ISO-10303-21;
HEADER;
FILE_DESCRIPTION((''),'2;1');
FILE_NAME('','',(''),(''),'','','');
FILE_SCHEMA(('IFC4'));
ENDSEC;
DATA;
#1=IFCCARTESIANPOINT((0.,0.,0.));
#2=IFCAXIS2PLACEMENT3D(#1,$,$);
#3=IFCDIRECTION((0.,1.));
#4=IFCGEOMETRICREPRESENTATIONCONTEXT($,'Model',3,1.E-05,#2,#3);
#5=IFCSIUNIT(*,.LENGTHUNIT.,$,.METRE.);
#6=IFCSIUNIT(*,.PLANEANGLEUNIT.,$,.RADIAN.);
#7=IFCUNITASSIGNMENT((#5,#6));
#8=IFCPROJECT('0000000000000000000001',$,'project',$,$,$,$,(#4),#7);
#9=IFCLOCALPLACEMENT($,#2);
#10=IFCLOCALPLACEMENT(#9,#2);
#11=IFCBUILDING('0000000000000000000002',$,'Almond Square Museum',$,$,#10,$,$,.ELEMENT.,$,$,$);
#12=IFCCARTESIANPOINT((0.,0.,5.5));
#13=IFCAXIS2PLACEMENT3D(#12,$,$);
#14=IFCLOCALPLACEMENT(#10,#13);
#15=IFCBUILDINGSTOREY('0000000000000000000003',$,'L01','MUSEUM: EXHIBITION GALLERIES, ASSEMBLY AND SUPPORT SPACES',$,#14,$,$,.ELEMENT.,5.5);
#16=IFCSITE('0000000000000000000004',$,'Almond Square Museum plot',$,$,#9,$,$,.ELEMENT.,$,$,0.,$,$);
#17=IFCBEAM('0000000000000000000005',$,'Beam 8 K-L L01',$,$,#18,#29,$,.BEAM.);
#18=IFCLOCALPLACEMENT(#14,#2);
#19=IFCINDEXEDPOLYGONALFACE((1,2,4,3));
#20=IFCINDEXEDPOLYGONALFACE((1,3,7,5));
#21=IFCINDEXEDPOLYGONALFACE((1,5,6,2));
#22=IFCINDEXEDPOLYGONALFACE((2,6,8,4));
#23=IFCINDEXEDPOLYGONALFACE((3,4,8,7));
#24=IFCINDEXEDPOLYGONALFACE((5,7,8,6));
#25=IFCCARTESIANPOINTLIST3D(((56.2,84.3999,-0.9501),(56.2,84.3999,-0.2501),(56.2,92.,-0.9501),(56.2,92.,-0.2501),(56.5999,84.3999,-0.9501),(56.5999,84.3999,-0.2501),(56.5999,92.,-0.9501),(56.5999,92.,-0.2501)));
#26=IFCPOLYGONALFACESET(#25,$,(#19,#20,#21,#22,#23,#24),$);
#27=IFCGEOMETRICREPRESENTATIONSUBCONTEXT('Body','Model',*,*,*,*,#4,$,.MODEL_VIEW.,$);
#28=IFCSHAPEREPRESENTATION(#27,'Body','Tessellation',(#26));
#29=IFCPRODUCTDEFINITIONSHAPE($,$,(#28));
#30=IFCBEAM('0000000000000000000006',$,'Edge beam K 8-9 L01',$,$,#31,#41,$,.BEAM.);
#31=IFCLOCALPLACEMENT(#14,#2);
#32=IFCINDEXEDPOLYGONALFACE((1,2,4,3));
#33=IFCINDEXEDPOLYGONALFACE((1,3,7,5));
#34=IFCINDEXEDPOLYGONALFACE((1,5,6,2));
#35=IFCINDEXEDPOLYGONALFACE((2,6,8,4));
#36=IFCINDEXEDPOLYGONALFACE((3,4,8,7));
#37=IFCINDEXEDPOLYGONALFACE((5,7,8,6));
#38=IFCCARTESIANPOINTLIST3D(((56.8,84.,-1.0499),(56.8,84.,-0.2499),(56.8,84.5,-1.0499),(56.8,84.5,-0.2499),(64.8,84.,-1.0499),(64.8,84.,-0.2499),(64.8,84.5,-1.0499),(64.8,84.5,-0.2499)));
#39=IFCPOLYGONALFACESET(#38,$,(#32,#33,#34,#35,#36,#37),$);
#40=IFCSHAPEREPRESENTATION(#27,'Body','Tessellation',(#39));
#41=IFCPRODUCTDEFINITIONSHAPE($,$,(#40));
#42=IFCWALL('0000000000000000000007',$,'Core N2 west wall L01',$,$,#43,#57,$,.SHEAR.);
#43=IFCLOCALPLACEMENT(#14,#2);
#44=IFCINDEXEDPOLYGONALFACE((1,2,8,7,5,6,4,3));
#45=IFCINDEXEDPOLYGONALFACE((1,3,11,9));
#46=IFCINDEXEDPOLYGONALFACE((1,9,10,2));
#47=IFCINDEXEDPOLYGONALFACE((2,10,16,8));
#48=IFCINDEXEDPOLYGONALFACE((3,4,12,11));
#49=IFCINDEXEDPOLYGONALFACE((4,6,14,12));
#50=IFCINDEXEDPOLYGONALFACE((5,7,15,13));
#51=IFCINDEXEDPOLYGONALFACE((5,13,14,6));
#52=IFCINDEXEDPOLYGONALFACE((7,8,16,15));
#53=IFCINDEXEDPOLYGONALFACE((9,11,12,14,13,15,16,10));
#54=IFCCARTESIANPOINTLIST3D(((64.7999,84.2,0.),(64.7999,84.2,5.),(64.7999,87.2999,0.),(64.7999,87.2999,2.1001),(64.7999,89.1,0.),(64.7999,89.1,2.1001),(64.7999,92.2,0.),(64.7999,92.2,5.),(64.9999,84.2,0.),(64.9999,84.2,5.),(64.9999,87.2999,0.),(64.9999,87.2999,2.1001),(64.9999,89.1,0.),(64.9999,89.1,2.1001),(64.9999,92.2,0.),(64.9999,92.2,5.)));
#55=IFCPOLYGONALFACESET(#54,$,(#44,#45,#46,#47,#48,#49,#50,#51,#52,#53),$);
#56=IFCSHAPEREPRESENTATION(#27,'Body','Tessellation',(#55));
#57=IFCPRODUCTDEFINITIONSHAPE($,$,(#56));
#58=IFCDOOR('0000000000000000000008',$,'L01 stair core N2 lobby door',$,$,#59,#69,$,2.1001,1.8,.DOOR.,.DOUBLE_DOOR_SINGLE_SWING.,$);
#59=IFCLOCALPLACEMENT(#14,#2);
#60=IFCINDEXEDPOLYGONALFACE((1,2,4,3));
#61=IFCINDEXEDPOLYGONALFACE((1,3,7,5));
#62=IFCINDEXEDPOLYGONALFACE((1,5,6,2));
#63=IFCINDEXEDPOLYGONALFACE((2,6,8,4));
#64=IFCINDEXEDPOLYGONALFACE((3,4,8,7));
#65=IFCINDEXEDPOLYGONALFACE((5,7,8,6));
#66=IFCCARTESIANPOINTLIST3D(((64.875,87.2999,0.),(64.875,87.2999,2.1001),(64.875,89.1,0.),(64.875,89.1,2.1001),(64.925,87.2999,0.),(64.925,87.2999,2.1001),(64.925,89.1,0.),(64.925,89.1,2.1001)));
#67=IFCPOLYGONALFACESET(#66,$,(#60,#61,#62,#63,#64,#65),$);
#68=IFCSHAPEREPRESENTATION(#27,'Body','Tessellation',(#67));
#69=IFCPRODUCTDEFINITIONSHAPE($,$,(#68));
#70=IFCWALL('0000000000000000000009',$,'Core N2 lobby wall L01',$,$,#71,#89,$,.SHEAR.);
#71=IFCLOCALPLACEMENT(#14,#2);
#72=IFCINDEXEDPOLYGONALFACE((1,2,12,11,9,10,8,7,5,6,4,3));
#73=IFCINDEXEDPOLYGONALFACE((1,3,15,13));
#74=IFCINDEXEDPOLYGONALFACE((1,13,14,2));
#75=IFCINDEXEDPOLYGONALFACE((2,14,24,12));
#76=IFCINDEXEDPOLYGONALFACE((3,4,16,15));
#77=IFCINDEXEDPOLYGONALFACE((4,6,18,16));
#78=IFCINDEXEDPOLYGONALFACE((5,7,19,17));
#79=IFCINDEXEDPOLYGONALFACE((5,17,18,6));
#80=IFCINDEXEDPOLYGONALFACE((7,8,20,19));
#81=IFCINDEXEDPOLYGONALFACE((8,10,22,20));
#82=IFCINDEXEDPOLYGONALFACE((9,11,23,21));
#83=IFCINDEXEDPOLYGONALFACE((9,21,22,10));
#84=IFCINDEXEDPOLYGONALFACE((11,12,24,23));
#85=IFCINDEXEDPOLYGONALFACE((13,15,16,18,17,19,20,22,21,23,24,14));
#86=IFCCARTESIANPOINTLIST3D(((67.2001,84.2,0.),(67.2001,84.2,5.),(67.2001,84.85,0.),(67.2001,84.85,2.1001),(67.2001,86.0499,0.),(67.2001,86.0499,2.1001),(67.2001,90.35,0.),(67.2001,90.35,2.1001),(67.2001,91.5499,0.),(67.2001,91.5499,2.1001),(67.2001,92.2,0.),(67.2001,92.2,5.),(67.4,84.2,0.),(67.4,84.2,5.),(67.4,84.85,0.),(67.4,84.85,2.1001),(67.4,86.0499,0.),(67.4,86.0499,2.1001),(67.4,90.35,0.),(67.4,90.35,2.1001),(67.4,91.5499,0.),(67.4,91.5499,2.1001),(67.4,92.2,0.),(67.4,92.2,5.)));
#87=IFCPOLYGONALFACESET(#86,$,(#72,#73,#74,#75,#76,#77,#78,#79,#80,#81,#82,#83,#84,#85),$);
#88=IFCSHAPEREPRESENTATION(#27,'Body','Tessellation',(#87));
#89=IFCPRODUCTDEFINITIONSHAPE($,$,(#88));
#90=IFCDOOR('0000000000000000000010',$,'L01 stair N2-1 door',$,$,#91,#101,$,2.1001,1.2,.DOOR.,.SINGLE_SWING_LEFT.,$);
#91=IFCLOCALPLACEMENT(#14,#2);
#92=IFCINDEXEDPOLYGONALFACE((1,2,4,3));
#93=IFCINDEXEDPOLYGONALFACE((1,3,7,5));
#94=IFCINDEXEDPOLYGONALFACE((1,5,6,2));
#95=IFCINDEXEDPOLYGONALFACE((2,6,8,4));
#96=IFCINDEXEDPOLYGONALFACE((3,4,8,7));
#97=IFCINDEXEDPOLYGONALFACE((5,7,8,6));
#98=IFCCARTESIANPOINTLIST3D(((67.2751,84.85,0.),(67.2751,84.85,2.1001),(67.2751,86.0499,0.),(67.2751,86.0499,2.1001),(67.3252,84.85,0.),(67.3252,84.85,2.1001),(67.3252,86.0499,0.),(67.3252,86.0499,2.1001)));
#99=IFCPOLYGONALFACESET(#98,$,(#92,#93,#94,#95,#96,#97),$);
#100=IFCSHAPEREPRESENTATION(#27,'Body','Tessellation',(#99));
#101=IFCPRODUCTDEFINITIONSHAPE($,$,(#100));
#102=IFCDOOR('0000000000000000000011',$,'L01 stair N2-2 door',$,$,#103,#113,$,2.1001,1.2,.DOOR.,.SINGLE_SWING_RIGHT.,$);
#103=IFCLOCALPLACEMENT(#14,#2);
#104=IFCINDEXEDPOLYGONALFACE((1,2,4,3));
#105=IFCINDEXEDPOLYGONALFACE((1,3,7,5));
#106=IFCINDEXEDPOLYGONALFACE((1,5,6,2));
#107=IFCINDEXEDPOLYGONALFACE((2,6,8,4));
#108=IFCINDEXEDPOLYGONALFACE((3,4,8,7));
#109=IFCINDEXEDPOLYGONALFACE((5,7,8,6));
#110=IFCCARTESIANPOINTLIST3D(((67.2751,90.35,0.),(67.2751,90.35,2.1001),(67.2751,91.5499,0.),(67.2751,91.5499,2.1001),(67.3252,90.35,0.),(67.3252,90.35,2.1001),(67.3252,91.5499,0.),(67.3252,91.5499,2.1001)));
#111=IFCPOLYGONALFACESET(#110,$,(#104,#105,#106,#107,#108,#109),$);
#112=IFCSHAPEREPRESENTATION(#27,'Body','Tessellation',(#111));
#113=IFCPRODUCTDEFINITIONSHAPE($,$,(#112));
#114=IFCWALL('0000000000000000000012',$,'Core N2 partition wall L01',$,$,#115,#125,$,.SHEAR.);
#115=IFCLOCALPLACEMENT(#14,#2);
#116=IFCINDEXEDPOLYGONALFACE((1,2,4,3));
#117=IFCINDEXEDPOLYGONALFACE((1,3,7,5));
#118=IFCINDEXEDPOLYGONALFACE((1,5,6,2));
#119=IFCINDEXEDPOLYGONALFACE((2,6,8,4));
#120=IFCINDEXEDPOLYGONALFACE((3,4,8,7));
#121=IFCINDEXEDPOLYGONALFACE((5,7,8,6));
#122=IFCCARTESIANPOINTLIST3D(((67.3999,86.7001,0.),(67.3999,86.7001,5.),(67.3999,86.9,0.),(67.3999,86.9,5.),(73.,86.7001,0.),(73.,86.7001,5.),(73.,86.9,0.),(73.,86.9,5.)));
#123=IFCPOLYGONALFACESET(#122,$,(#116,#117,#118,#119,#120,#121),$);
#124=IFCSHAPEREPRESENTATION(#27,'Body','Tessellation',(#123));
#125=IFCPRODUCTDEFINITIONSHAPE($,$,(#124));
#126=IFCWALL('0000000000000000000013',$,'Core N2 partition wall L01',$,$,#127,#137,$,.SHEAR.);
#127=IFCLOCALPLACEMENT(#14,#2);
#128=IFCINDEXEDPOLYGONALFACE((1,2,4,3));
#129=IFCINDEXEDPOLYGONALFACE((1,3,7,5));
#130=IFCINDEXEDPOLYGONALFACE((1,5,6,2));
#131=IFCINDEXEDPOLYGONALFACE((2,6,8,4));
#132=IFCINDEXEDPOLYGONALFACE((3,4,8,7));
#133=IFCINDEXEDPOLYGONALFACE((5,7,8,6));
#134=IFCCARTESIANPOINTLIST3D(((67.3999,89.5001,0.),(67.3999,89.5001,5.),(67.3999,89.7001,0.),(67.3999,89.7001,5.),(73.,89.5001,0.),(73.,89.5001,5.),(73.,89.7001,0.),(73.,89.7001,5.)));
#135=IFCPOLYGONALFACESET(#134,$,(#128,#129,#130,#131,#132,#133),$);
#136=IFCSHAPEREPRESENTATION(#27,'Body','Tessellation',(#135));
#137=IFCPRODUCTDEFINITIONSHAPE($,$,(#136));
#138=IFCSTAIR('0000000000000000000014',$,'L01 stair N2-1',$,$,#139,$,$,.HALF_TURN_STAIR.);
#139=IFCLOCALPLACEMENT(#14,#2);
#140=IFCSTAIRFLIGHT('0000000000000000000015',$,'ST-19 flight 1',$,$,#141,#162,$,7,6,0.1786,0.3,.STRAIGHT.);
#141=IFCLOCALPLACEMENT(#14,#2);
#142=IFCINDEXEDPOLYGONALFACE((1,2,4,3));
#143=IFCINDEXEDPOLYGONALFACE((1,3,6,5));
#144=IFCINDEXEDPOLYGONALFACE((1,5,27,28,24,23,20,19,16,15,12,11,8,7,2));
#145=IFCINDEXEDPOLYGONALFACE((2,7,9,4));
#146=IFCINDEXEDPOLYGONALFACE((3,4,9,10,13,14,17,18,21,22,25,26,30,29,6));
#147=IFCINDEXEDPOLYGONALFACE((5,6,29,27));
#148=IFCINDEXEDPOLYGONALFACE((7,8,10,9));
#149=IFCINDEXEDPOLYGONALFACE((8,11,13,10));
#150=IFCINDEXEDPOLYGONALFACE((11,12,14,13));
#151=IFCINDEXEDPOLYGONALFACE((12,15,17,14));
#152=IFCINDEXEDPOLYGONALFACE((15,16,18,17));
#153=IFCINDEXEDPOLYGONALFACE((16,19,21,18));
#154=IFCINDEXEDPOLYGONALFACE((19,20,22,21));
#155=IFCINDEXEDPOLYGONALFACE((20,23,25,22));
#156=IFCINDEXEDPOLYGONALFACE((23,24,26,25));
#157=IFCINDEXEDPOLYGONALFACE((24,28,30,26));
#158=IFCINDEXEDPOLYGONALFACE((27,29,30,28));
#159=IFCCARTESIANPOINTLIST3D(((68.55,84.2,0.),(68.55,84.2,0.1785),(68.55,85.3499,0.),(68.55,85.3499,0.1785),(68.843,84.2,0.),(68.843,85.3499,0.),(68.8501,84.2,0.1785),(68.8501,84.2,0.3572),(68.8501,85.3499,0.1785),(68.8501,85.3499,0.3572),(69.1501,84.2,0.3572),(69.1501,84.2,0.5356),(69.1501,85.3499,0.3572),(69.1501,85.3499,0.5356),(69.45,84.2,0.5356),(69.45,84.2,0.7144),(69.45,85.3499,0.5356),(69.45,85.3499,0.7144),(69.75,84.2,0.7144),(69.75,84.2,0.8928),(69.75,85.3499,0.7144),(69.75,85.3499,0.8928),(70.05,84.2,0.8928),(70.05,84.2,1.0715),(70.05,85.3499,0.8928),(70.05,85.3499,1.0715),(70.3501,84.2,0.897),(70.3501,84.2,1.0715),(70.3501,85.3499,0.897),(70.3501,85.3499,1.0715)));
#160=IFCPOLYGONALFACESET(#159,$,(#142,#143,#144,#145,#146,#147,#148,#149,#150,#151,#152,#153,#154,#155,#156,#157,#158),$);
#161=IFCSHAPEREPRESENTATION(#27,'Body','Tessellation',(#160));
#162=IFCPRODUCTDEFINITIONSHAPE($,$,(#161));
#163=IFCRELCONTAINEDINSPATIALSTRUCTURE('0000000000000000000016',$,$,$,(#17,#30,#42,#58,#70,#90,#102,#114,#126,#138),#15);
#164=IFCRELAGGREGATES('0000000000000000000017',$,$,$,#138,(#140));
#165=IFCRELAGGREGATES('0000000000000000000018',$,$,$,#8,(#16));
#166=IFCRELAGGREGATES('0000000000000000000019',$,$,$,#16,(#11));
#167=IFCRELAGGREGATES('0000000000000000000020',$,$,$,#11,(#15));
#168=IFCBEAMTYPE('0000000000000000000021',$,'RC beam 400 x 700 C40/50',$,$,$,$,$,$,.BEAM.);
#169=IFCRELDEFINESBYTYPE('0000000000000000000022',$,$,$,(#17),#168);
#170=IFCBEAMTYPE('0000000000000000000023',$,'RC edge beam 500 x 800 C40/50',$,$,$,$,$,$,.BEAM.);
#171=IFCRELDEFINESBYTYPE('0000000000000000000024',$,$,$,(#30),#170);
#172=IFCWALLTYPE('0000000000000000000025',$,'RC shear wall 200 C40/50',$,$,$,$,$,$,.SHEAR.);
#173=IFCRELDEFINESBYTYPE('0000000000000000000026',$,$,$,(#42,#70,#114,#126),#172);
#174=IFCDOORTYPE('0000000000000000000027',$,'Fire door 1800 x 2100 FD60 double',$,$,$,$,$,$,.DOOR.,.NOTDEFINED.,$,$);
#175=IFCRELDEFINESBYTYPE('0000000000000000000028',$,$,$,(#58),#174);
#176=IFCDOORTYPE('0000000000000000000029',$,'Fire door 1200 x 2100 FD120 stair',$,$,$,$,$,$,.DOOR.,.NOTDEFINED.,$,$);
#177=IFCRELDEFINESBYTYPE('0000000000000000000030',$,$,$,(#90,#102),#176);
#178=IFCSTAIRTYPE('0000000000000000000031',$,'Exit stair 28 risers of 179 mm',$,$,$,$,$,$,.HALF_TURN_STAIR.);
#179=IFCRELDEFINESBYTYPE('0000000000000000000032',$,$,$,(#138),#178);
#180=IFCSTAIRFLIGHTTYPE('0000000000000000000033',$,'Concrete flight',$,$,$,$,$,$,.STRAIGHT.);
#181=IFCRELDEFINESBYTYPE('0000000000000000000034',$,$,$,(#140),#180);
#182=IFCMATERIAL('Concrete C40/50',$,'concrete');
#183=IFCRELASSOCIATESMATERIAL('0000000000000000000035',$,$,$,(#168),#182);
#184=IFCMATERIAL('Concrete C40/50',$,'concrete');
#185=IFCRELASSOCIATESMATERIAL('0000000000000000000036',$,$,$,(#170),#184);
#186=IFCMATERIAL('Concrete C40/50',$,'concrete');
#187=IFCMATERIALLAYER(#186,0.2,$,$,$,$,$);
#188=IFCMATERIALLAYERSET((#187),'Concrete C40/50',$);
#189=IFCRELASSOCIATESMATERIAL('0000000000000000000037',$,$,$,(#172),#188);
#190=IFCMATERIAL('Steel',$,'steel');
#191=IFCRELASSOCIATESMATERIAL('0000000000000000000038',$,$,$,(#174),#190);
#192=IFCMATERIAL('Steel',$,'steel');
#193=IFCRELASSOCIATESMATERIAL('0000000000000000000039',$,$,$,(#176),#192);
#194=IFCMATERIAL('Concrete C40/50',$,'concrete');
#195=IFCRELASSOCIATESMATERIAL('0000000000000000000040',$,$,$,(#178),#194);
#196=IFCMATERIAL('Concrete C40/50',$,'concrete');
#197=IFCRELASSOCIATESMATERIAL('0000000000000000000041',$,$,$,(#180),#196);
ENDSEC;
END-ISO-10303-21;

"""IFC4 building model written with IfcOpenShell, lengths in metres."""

from ifc_helpers import new_model, si_unit, direction, frame, frame_2d, origin, origin_2d, place, context, subcontext, project, spatial, polyline, rectangle, outline, extrude, material, layer, layer_set, material_profile, profile_set, type_object, element, fill, aggregate, save


model = new_model("IFC4")

# Units and contexts
model_context = context("Model", 3, precision=1e-05, world=origin(), true_north=direction((0.0, 1.0)))
body_context = subcontext(model_context, "Body", "Model", "MODEL_VIEW")
ifc_project = project(units=[si_unit("LENGTHUNIT", "METRE"), si_unit("PLANEANGLEUNIT", "RADIAN")], contexts=[model_context])

# Site, building, storey
site_placement = place(None, origin())
site = spatial("IfcSite", under=ifc_project, at=site_placement, Name="Almond Square Museum plot", CompositionType="ELEMENT", RefElevation=0.0)
building_placement = place(site_placement, origin())
building = spatial("IfcBuilding", under=site, at=building_placement, Name="Almond Square Museum", CompositionType="ELEMENT")
storey_placement = place(building_placement, frame((0.0, 0.0, 5.5)))
storey = spatial("IfcBuildingStorey", under=building, at=storey_placement, Name="L01", Description="MUSEUM: EXHIBITION GALLERIES, ASSEMBLY AND SUPPORT SPACES", CompositionType="ELEMENT", Elevation=5.5)

# Beams
ifc_material_1 = material(Name="Concrete C40/50", Category="concrete")
ifc_material_profile_1 = material_profile(ifc_material_1, rectangle(XDim=0.3999, YDim=0.7, at=origin_2d()))
ifc_profile_set_1 = profile_set([ifc_material_profile_1], Name="Concrete C40/50")
beam_type_1 = type_object("IfcBeamType", Name="RC beam 400 x 700 C40/50", PredefinedType="BEAM", material=ifc_profile_set_1)
beam_1_placement = place(storey_placement, frame((56.3999, 84.3999, -0.6001), z_axis=(0.0, 1.0, 0.0), x_axis=(-1.0, 0.0, 0.0)))
element("IfcBeam", 1, at=beam_1_placement, inside=storey, type_object=beam_type_1, Name="Beam 8 K-L L01", PredefinedType="BEAM", context=body_context, shape_type="SweptSolid", body=[
    extrude(rectangle(XDim=0.3999, YDim=0.7, at=origin_2d()), origin(), (0.0, 0.0, 1.0), 7.6001),
])
ifc_material_2 = material(Name="Concrete C40/50", Category="concrete")
ifc_material_profile_2 = material_profile(ifc_material_2, rectangle(XDim=0.5, YDim=0.8, at=origin_2d()))
ifc_profile_set_2 = profile_set([ifc_material_profile_2], Name="Concrete C40/50")
beam_type_2 = type_object("IfcBeamType", Name="RC edge beam 500 x 800 C40/50", PredefinedType="BEAM", material=ifc_profile_set_2)
beam_2_placement = place(storey_placement, frame((56.8, 84.25, -0.6499), z_axis=(1.0, 0.0, 0.0), x_axis=(0.0, 1.0, 0.0)))
element("IfcBeam", 2, at=beam_2_placement, inside=storey, type_object=beam_type_2, Name="Edge beam K 8-9 L01", PredefinedType="BEAM", context=body_context, shape_type="SweptSolid", body=[
    extrude(rectangle(XDim=0.5, YDim=0.8, at=origin_2d()), origin(), (0.0, 0.0, 1.0), 8.0),
])

# Wall, opening, door
ifc_material_3 = material(Name="Concrete C40/50", Category="concrete")
ifc_layer = layer(ifc_material_3, 0.2)
ifc_layer_set = layer_set([ifc_layer], Name="Concrete C40/50")
wall_type = type_object("IfcWallType", Name="RC shear wall 200 C40/50", PredefinedType="SHEAR", material=ifc_layer_set)
wall_1_placement = place(storey_placement, frame((64.8999, 84.2, 0.0), z_axis=(0.0, 0.0, 1.0), x_axis=(0.0, 1.0, 0.0)))
wall_1 = element("IfcWall", 3, at=wall_1_placement, inside=storey, type_object=wall_type, Name="Core N2 west wall L01", PredefinedType="SHEAR", context=body_context, shape_type="SweptSolid", body=[
    extrude(rectangle(XDim=8.0, YDim=0.2, at=frame_2d((4.0, 0.0))), origin(), (0.0, 0.0, 1.0), 5.0),
])
opening_1_placement = place(wall_1_placement, frame((3.1001, 0.0, 0.0)))
opening_1 = element("IfcOpeningElement", 4, at=opening_1_placement, cuts=wall_1, PredefinedType="OPENING", context=body_context, shape_type="SweptSolid", body=[
    extrude(rectangle(XDim=1.8, YDim=2.1001, at=frame_2d((0.8999, 1.05))), frame((0.0, 0.1099, 0.0), z_axis=(0.0, -1.0, 0.0), x_axis=(1.0, 0.0, 0.0)), (0.0, 0.0, 1.0), 0.22),
])
ifc_material_4 = material(Name="Steel", Category="steel")
door_type_1 = type_object("IfcDoorType", Name="Fire door 1800 x 2100 FD60 double", OperationType="NOTDEFINED", PredefinedType="DOOR", material=ifc_material_4)
door_1_placement = place(opening_1_placement, origin())
door_1 = element("IfcDoor", 5, at=door_1_placement, inside=storey, type_object=door_type_1, Name="L01 stair core N2 lobby door", OperationType="DOUBLE_DOOR_SINGLE_SWING", OverallHeight=2.1001, OverallWidth=1.8, PredefinedType="DOOR", context=body_context, shape_type="SweptSolid", body=[
    extrude(rectangle(XDim=1.8, YDim=2.1001, at=frame_2d((0.8999, 1.05))), frame((0.0, 0.0249, 0.0), z_axis=(0.0, -1.0, 0.0), x_axis=(1.0, 0.0, 0.0)), (0.0, 0.0, 1.0), 0.05),
])
fill(opening_1, door_1)

# Wall, openings, doors
wall_2_placement = place(storey_placement, frame((67.3, 84.2, 0.0), z_axis=(0.0, 0.0, 1.0), x_axis=(0.0, 1.0, 0.0)))
wall_2 = element("IfcWall", 6, at=wall_2_placement, inside=storey, type_object=wall_type, Name="Core N2 lobby wall L01", PredefinedType="SHEAR", context=body_context, shape_type="SweptSolid", body=[
    extrude(rectangle(XDim=8.0, YDim=0.2, at=frame_2d((4.0, 0.0))), origin(), (0.0, 0.0, 1.0), 5.0),
])
opening_2_placement = place(wall_2_placement, frame((0.6499, 0.0, 0.0)))
opening_2 = element("IfcOpeningElement", 7, at=opening_2_placement, cuts=wall_2, PredefinedType="OPENING", context=body_context, shape_type="SweptSolid", body=[
    extrude(rectangle(XDim=1.2, YDim=2.1001, at=frame_2d((0.6001, 1.05))), frame((0.0, 0.1099, 0.0), z_axis=(0.0, -1.0, 0.0), x_axis=(1.0, 0.0, 0.0)), (0.0, 0.0, 1.0), 0.22),
])
opening_3_placement = place(wall_2_placement, frame((6.1499, 0.0, 0.0)))
opening_3 = element("IfcOpeningElement", 8, at=opening_3_placement, cuts=wall_2, PredefinedType="OPENING", context=body_context, shape_type="SweptSolid", body=[
    extrude(rectangle(XDim=1.2, YDim=2.1001, at=frame_2d((0.6001, 1.05))), frame((0.0, 0.1099, 0.0), z_axis=(0.0, -1.0, 0.0), x_axis=(1.0, 0.0, 0.0)), (0.0, 0.0, 1.0), 0.22),
])
ifc_material_5 = material(Name="Steel", Category="steel")
door_type_2 = type_object("IfcDoorType", Name="Fire door 1200 x 2100 FD120 stair", OperationType="NOTDEFINED", PredefinedType="DOOR", material=ifc_material_5)
door_2_placement = place(opening_2_placement, origin())
door_2 = element("IfcDoor", 9, at=door_2_placement, inside=storey, type_object=door_type_2, Name="L01 stair N2-1 door", OperationType="SINGLE_SWING_LEFT", OverallHeight=2.1001, OverallWidth=1.2, PredefinedType="DOOR", context=body_context, shape_type="SweptSolid", body=[
    extrude(rectangle(XDim=1.2, YDim=2.1001, at=frame_2d((0.6001, 1.05))), frame((0.0, 0.0249, 0.0), z_axis=(0.0, -1.0, 0.0), x_axis=(1.0, 0.0, 0.0)), (0.0, 0.0, 1.0), 0.05),
])
fill(opening_2, door_2)
door_3_placement = place(opening_3_placement, origin())
door_3 = element("IfcDoor", 10, at=door_3_placement, inside=storey, type_object=door_type_2, Name="L01 stair N2-2 door", OperationType="SINGLE_SWING_RIGHT", OverallHeight=2.1001, OverallWidth=1.2, PredefinedType="DOOR", context=body_context, shape_type="SweptSolid", body=[
    extrude(rectangle(XDim=1.2, YDim=2.1001, at=frame_2d((0.6001, 1.05))), frame((0.0, 0.0249, 0.0), z_axis=(0.0, -1.0, 0.0), x_axis=(1.0, 0.0, 0.0)), (0.0, 0.0, 1.0), 0.05),
])
fill(opening_3, door_3)

# Walls
for number, where, z_axis, x_axis, name in (
    (11, (67.3999, 86.8, 0.0), (0.0, 0.0, 1.0), (1.0, 0.0, 0.0), "Core N2 partition wall L01"),
    (12, (67.3999, 89.6001, 0.0), (0.0, 0.0, 1.0), (1.0, 0.0, 0.0), "Core N2 partition wall L01"),
):
    element("IfcWall", number, at=place(storey_placement, frame(where, z_axis=z_axis, x_axis=x_axis)), inside=storey, type_object=wall_type, Name=name, PredefinedType="SHEAR", context=body_context, shape_type="SweptSolid", body=[
        extrude(rectangle(XDim=5.6001, YDim=0.2, at=frame_2d((2.8, 0.0))), origin(), (0.0, 0.0, 1.0), 5.0),
    ])

# Stair, stair flight
ifc_material_6 = material(Name="Concrete C40/50", Category="concrete")
stair_type = type_object("IfcStairType", Name="Exit stair 28 risers of 179 mm", PredefinedType="HALF_TURN_STAIR", material=ifc_material_6)
stair_1_placement = place(storey_placement, origin())
stair_1 = element("IfcStair", 13, at=stair_1_placement, inside=storey, type_object=stair_type, Name="L01 stair N2-1", PredefinedType="HALF_TURN_STAIR")
ifc_material_7 = material(Name="Concrete C40/50", Category="concrete")
stair_flight_type = type_object("IfcStairFlightType", Name="Concrete flight", PredefinedType="STRAIGHT", material=ifc_material_7)
stair_flight_1_placement = place(storey_placement, frame((68.55, 84.7749, 0.0), z_axis=(0.0, 0.0, 1.0), x_axis=(1.0, 0.0, 0.0)))
stair_flight_1 = element("IfcStairFlight", 14, at=stair_flight_1_placement, type_object=stair_flight_type, Name="ST-19 flight 1", NumberOfRisers=7, NumberOfTreads=6, PredefinedType="STRAIGHT", RiserHeight=0.1786, TreadLength=0.3, context=body_context, shape_type="SweptSolid", body=[
    extrude(outline(polyline([(0.0, 0.0), (0.0, 0.1785), (0.3, 0.1785), (0.3, 0.3572), (0.6001, 0.3572), (0.6001, 0.5356), (0.8999, 0.5356), (0.8999, 0.7144), (1.2, 0.7144), (1.2, 0.8928), (1.5, 0.8928), (1.5, 1.0715), (1.8, 1.0715), (1.8, 1.25), (1.8, 0.897), (0.293, 0.0), (0.0, 0.0)])), frame((0.0, 0.575, 0.0), z_axis=(0.0, -1.0, 0.0), x_axis=(1.0, 0.0, 0.0)), (0.0, 0.0, 1.0), 1.1499),
])
aggregate(stair_1, [stair_flight_1])

save(model, "model.ifc")
